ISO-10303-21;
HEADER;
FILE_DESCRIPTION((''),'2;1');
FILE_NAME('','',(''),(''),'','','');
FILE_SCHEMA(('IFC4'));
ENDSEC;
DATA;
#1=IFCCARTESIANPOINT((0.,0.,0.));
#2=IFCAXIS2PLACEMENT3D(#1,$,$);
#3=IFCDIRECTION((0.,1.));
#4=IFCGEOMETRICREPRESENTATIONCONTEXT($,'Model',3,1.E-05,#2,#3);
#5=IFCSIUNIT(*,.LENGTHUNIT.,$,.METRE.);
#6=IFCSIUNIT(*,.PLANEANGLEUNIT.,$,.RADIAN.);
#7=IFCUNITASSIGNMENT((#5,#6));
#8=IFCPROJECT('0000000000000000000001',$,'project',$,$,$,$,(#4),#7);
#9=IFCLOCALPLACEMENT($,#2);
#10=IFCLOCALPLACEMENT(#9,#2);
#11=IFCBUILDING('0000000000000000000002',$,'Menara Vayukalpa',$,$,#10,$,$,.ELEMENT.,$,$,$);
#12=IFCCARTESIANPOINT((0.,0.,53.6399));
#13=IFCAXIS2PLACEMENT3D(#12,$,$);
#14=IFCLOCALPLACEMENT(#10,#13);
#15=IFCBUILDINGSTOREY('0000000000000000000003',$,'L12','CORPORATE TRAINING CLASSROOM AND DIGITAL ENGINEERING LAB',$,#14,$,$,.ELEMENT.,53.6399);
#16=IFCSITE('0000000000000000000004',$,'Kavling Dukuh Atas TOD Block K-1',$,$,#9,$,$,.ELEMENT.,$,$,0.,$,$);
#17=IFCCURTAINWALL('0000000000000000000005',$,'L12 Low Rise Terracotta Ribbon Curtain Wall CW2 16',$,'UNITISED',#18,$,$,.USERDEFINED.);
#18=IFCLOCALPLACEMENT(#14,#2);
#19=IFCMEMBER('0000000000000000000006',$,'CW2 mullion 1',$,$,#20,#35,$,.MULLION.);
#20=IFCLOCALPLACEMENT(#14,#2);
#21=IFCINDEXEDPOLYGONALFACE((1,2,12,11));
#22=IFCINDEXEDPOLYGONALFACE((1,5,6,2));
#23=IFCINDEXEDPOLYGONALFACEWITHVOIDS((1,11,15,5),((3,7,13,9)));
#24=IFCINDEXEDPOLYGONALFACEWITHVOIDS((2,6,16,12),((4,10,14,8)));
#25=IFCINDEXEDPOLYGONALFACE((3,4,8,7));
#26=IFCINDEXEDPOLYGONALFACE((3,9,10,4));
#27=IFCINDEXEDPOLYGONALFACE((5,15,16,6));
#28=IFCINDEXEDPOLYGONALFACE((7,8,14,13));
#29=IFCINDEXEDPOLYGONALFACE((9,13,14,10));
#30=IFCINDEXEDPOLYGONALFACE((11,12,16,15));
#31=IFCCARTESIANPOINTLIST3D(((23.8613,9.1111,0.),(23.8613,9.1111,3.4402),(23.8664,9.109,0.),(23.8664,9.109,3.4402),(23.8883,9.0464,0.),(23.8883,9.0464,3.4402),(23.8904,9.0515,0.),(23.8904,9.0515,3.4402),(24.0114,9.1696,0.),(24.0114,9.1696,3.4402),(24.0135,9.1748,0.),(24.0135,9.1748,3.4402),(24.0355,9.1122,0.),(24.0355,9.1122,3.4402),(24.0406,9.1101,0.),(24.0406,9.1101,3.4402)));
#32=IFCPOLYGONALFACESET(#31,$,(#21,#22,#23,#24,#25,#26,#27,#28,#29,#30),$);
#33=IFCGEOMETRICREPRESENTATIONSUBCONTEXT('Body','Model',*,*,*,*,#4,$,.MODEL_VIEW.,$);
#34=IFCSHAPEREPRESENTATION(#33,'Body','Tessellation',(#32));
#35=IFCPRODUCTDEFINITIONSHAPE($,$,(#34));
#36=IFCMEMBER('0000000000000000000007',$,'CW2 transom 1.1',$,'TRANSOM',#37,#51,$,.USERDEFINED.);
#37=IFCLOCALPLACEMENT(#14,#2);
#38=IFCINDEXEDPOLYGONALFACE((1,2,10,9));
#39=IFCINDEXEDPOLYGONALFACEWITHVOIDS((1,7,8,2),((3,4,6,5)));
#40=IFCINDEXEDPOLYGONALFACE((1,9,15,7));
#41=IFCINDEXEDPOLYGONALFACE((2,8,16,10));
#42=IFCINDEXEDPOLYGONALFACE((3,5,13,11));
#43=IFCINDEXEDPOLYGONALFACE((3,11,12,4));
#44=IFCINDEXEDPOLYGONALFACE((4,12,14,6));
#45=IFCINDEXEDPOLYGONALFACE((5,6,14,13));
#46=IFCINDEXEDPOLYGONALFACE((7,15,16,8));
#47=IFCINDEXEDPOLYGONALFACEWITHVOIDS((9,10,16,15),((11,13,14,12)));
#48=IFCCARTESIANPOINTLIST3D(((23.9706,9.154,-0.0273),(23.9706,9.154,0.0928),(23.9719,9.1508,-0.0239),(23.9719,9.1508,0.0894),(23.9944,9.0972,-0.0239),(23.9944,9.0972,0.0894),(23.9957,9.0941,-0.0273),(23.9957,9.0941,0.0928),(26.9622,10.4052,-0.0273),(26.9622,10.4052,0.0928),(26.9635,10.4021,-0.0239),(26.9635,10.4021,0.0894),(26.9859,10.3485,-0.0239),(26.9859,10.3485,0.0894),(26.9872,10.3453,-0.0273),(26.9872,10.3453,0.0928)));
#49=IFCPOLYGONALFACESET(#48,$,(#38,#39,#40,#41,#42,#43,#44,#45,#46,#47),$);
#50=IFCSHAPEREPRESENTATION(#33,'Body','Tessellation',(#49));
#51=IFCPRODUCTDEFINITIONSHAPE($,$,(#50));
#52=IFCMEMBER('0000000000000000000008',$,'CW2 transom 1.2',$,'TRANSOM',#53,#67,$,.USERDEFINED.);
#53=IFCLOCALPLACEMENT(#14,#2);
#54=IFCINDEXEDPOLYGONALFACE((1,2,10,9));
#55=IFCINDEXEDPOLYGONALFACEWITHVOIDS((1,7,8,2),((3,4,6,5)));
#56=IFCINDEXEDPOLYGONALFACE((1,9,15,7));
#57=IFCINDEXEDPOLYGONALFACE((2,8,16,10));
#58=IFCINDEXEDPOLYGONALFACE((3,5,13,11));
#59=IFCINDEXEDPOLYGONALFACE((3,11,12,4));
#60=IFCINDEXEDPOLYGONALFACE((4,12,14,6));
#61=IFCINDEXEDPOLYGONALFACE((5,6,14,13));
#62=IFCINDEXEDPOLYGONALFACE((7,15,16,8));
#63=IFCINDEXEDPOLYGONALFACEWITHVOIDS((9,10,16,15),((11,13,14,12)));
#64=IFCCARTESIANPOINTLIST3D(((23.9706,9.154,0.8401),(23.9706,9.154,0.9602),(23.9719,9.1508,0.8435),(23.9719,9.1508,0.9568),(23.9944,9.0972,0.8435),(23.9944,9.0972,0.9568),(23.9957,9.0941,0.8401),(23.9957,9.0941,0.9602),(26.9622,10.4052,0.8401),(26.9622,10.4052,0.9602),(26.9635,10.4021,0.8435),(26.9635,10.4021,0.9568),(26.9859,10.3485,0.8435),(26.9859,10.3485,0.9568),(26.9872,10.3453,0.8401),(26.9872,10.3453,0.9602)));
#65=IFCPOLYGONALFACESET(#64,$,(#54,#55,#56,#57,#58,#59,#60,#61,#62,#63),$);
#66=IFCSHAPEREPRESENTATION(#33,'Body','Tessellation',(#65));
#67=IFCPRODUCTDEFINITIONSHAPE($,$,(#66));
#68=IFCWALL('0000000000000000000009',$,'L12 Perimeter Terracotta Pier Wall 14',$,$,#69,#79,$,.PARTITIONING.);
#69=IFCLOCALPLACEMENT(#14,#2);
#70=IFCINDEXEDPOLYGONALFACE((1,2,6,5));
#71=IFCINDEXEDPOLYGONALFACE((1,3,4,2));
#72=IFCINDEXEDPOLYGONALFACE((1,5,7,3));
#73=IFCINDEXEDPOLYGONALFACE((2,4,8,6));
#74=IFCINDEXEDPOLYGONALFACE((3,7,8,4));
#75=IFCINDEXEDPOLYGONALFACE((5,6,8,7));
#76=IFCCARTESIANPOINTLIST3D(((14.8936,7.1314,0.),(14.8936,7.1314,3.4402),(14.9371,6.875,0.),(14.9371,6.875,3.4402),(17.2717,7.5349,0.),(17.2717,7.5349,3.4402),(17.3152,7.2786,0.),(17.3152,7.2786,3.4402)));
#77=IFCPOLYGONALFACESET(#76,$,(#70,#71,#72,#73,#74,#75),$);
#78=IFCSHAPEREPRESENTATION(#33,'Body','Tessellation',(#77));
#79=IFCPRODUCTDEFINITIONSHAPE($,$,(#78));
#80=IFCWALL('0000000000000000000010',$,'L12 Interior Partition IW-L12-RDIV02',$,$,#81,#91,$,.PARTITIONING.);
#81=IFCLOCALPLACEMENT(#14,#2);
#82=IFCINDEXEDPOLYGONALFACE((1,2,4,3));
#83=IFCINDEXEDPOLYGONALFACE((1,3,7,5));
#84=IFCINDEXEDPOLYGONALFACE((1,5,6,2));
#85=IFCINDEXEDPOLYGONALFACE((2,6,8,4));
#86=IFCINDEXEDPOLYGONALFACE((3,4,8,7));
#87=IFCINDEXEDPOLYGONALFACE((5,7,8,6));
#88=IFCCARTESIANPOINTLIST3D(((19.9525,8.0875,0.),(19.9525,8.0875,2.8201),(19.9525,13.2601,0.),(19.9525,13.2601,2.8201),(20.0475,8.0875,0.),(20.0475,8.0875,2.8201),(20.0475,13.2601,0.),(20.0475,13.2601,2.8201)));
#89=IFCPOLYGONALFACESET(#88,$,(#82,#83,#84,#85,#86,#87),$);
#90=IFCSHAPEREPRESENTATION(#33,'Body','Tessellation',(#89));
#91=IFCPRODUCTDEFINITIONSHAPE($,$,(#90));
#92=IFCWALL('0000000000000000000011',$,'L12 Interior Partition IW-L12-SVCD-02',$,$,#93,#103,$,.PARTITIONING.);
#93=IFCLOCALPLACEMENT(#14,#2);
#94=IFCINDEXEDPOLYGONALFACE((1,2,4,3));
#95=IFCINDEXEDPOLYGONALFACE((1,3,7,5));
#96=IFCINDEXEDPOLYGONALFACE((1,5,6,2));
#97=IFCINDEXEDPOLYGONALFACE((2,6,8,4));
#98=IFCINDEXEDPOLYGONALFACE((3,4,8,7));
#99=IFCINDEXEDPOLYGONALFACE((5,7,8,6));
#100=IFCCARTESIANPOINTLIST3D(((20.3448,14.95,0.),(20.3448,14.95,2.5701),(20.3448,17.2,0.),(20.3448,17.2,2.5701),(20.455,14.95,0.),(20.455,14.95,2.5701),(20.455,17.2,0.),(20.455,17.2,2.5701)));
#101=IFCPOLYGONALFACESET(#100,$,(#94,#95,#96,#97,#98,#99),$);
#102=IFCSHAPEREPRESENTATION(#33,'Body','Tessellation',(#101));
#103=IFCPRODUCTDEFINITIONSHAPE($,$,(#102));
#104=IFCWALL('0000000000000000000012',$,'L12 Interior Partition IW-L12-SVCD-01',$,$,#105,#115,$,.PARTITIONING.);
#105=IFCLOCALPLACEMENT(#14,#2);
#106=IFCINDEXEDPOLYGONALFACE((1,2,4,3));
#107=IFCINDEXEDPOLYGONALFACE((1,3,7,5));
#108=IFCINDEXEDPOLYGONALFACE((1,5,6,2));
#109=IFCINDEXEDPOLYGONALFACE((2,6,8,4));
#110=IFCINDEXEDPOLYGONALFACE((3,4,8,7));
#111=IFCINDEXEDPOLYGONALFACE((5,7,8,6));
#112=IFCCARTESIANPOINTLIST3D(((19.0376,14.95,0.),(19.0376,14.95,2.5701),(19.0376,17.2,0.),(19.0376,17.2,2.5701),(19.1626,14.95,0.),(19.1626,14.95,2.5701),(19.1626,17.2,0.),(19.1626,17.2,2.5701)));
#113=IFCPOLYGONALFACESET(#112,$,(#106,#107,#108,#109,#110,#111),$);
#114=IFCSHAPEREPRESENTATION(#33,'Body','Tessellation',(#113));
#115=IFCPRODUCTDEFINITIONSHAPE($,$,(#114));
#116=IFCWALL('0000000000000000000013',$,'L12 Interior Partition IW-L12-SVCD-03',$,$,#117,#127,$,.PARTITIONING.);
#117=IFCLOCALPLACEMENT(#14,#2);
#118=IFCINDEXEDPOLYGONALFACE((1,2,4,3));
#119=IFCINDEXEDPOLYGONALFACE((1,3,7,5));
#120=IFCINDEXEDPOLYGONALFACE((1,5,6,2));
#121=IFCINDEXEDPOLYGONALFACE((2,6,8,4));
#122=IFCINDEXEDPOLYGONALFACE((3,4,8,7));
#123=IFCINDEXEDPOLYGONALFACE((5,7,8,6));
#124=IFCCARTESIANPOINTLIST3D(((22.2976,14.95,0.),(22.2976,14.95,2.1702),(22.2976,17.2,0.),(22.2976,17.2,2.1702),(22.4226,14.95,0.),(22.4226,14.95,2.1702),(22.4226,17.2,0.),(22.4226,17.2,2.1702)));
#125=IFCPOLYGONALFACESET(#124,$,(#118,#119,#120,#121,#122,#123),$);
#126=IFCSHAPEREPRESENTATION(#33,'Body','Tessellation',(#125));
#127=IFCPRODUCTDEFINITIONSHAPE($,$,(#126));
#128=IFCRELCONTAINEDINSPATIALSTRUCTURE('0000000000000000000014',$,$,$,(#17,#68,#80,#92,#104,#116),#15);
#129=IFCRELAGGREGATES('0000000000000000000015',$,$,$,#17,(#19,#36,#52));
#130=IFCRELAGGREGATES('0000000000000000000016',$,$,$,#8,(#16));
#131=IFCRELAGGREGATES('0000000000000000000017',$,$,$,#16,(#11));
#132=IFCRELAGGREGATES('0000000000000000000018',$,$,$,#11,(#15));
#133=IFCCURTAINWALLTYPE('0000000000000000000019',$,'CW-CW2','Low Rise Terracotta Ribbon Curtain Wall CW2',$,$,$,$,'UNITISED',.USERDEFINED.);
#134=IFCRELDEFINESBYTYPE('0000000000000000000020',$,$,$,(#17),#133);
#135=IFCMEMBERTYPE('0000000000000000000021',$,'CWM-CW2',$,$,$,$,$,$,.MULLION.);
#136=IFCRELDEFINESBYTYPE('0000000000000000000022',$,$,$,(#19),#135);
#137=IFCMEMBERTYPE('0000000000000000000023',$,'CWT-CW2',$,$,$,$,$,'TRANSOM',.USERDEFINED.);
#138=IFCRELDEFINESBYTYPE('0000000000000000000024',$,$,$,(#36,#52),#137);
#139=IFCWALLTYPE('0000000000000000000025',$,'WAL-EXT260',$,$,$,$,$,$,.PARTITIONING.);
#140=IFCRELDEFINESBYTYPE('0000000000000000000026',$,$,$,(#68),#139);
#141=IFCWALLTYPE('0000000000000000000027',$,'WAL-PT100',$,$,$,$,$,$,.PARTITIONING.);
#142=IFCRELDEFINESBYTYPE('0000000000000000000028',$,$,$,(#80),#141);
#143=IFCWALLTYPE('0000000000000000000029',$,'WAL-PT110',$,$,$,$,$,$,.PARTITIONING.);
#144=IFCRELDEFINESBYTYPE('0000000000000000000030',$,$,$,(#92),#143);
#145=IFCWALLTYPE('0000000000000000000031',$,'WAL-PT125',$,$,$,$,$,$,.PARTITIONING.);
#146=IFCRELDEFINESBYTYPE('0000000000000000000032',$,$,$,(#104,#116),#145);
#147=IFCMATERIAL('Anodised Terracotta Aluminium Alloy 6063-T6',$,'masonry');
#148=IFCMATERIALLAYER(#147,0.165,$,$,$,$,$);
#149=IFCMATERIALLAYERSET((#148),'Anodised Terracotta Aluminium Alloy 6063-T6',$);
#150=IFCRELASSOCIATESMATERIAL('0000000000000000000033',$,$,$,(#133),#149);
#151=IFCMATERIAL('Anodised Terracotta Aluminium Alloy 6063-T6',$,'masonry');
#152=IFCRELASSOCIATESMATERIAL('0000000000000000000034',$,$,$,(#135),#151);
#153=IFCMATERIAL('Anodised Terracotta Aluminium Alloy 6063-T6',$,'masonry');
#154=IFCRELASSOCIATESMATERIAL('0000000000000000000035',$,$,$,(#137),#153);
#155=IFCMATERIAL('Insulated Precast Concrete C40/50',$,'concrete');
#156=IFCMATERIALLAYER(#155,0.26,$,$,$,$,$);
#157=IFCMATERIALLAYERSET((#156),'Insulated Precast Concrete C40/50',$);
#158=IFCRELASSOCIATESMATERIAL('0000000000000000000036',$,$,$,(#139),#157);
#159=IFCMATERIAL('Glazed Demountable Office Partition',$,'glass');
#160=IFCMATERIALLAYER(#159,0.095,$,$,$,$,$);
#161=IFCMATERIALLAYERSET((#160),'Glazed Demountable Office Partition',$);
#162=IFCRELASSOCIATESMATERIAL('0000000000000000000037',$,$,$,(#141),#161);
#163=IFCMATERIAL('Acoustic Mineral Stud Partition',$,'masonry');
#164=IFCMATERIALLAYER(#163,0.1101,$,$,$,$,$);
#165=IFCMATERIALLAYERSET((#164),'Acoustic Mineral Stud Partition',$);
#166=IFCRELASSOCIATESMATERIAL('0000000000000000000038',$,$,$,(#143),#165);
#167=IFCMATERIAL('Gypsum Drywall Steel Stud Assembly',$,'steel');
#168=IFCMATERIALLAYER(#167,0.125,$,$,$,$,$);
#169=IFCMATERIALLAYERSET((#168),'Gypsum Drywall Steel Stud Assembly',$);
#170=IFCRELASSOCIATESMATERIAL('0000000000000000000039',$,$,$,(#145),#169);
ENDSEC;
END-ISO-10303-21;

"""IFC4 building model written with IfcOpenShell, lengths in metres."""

from ifc_helpers import new_model, si_unit, direction, frame, frame_2d, origin, origin_2d, place, context, subcontext, project, spatial, rectangle, hollow_rectangle, extrude, material, layer, layer_set, material_profile, profile_set, type_object, element, aggregate, save


model = new_model("IFC4")

# Units and contexts
model_context = context("Model", 3, precision=1e-05, world=origin(), true_north=direction((0.0, 1.0)))
body_context = subcontext(model_context, "Body", "Model", "MODEL_VIEW")
ifc_project = project(units=[si_unit("LENGTHUNIT", "METRE"), si_unit("PLANEANGLEUNIT", "RADIAN")], contexts=[model_context])

# Site, building, storey
site_placement = place(None, origin())
site = spatial("IfcSite", under=ifc_project, at=site_placement, Name="Kavling Dukuh Atas TOD Block K-1", CompositionType="ELEMENT", RefElevation=0.0)
building_placement = place(site_placement, origin())
building = spatial("IfcBuilding", under=site, at=building_placement, Name="Menara Vayukalpa", CompositionType="ELEMENT")
storey_placement = place(building_placement, frame((0.0, 0.0, 53.6399)))
storey = spatial("IfcBuildingStorey", under=building, at=storey_placement, Name="L12", Description="CORPORATE TRAINING CLASSROOM AND DIGITAL ENGINEERING LAB", CompositionType="ELEMENT", Elevation=53.6399)

# Curtain wall, members
ifc_material_1 = material(Name="Anodised Terracotta Aluminium Alloy 6063-T6", Category="masonry")
ifc_layer_1 = layer(ifc_material_1, 0.165)
ifc_layer_set_1 = layer_set([ifc_layer_1], Name="Anodised Terracotta Aluminium Alloy 6063-T6")
curtain_wall_type = type_object("IfcCurtainWallType", Name="CW-CW2", Description="Low Rise Terracotta Ribbon Curtain Wall CW2", ElementType="UNITISED", PredefinedType="USERDEFINED", material=ifc_layer_set_1)
curtain_wall_placement = place(storey_placement, origin())
curtain_wall = element("IfcCurtainWall", 1, at=curtain_wall_placement, inside=storey, type_object=curtain_wall_type, Name="L12 Low Rise Terracotta Ribbon Curtain Wall CW2 16", ObjectType="UNITISED", PredefinedType="USERDEFINED")
ifc_material_2 = material(Name="Anodised Terracotta Aluminium Alloy 6063-T6", Category="masonry")
ifc_material_profile_1 = material_profile(ifc_material_2, hollow_rectangle(XDim=0.0701, YDim=0.165, WallThickness=0.0039, at=origin_2d()), Name="ALU 70x165x4")
ifc_profile_set_1 = profile_set([ifc_material_profile_1], Name="Anodised Terracotta Aluminium Alloy 6063-T6")
member_type_1 = type_object("IfcMemberType", Name="CWM-CW2", PredefinedType="MULLION", material=ifc_profile_set_1)
member_1_placement = place(storey_placement, frame((23.9509, 9.1106, 0.0), z_axis=(0.0, 0.0, 1.0), x_axis=(-0.385895, 0.922543, 0.0)))
member_1 = element("IfcMember", 2, at=member_1_placement, type_object=member_type_1, Name="CW2 mullion 1", PredefinedType="MULLION", context=body_context, shape_type="SweptSolid", body=[
    extrude(hollow_rectangle(XDim=0.0701, YDim=0.165, WallThickness=0.0039, at=origin_2d()), origin(), (0.0, 0.0, 1.0), 3.4402),
])
ifc_material_3 = material(Name="Anodised Terracotta Aluminium Alloy 6063-T6", Category="masonry")
ifc_material_profile_2 = material_profile(ifc_material_3, hollow_rectangle(XDim=0.0649, YDim=0.1201, WallThickness=0.0034, at=origin_2d()), Name="ALU 65x120x3.5")
ifc_profile_set_2 = profile_set([ifc_material_profile_2], Name="Anodised Terracotta Aluminium Alloy 6063-T6")
member_type_2 = type_object("IfcMemberType", Name="CWT-CW2", ElementType="TRANSOM", PredefinedType="USERDEFINED", material=ifc_profile_set_2)
member_2_placement = place(storey_placement, frame((23.9832, 9.124, 0.0327), z_axis=(0.922553, 0.385871, 0.0), x_axis=(-0.385871, 0.922553, 0.0)))
member_2 = element("IfcMember", 3, at=member_2_placement, type_object=member_type_2, Name="CW2 transom 1.1", ObjectType="TRANSOM", PredefinedType="USERDEFINED", context=body_context, shape_type="SweptSolid", body=[
    extrude(hollow_rectangle(XDim=0.0649, YDim=0.1201, WallThickness=0.0034, at=origin_2d()), origin(), (0.0, 0.0, 1.0), 3.2427),
])
member_3_placement = place(storey_placement, frame((23.9832, 9.124, 0.9001), z_axis=(0.922553, 0.385871, 0.0), x_axis=(-0.385871, 0.922553, 0.0)))
member_3 = element("IfcMember", 4, at=member_3_placement, type_object=member_type_2, Name="CW2 transom 1.2", ObjectType="TRANSOM", PredefinedType="USERDEFINED", context=body_context, shape_type="SweptSolid", body=[
    extrude(hollow_rectangle(XDim=0.0649, YDim=0.1201, WallThickness=0.0034, at=origin_2d()), origin(), (0.0, 0.0, 1.0), 3.2427),
])
aggregate(curtain_wall, [member_1, member_2, member_3])

# Walls
ifc_material_4 = material(Name="Insulated Precast Concrete C40/50", Category="concrete")
ifc_layer_2 = layer(ifc_material_4, 0.26)
ifc_layer_set_2 = layer_set([ifc_layer_2], Name="Insulated Precast Concrete C40/50")
wall_type_1 = type_object("IfcWallType", Name="WAL-EXT260", PredefinedType="PARTITIONING", material=ifc_layer_set_2)
wall_1_placement = place(storey_placement, frame((17.2935, 7.4067, 0.0), z_axis=(0.0, 0.0, 1.0), x_axis=(-0.985905, -0.167303, 0.0)))
element("IfcWall", 5, at=wall_1_placement, inside=storey, type_object=wall_type_1, Name="L12 Perimeter Terracotta Pier Wall 14", PredefinedType="PARTITIONING", context=body_context, shape_type="SweptSolid", body=[
    extrude(rectangle(XDim=2.4121, YDim=0.26, at=frame_2d((1.2061, 0.0))), origin(), (0.0, 0.0, 1.0), 3.4402),
])
ifc_material_5 = material(Name="Glazed Demountable Office Partition", Category="glass")
ifc_layer_3 = layer(ifc_material_5, 0.095)
ifc_layer_set_3 = layer_set([ifc_layer_3], Name="Glazed Demountable Office Partition")
wall_type_2 = type_object("IfcWallType", Name="WAL-PT100", PredefinedType="PARTITIONING", material=ifc_layer_set_3)
wall_2_placement = place(storey_placement, frame((20.0, 8.0874, 0.0), z_axis=(0.0, 0.0, 1.0), x_axis=(0.0, 1.0, 0.0)))
element("IfcWall", 6, at=wall_2_placement, inside=storey, type_object=wall_type_2, Name="L12 Interior Partition IW-L12-RDIV02", PredefinedType="PARTITIONING", context=body_context, shape_type="SweptSolid", body=[
    extrude(rectangle(XDim=5.1726, YDim=0.095, at=frame_2d((2.5864, 0.0))), origin(), (0.0, 0.0, 1.0), 2.8201),
])
ifc_material_6 = material(Name="Acoustic Mineral Stud Partition", Category="masonry")
ifc_layer_4 = layer(ifc_material_6, 0.1101)
ifc_layer_set_4 = layer_set([ifc_layer_4], Name="Acoustic Mineral Stud Partition")
wall_type_3 = type_object("IfcWallType", Name="WAL-PT110", PredefinedType="PARTITIONING", material=ifc_layer_set_4)
wall_3_placement = place(storey_placement, frame((20.3999, 14.95, 0.0), z_axis=(0.0, 0.0, 1.0), x_axis=(0.0, 1.0, 0.0)))
element("IfcWall", 7, at=wall_3_placement, inside=storey, type_object=wall_type_3, Name="L12 Interior Partition IW-L12-SVCD-02", PredefinedType="PARTITIONING", context=body_context, shape_type="SweptSolid", body=[
    extrude(rectangle(XDim=2.25, YDim=0.1101, at=frame_2d((1.125, 0.0))), origin(), (0.0, 0.0, 1.0), 2.5701),
])
ifc_material_7 = material(Name="Gypsum Drywall Steel Stud Assembly", Category="steel")
ifc_layer_5 = layer(ifc_material_7, 0.125)
ifc_layer_set_5 = layer_set([ifc_layer_5], Name="Gypsum Drywall Steel Stud Assembly")
wall_type_4 = type_object("IfcWallType", Name="WAL-PT125", PredefinedType="PARTITIONING", material=ifc_layer_set_5)
wall_4_placement = place(storey_placement, frame((19.1001, 14.95, 0.0), z_axis=(0.0, 0.0, 1.0), x_axis=(0.0, 1.0, 0.0)))
element("IfcWall", 8, at=wall_4_placement, inside=storey, type_object=wall_type_4, Name="L12 Interior Partition IW-L12-SVCD-01", PredefinedType="PARTITIONING", context=body_context, shape_type="SweptSolid", body=[
    extrude(rectangle(XDim=2.25, YDim=0.125, at=frame_2d((1.125, 0.0))), origin(), (0.0, 0.0, 1.0), 2.5701),
])
wall_5_placement = place(storey_placement, frame((22.3601, 14.95, 0.0), z_axis=(0.0, 0.0, 1.0), x_axis=(0.0, 1.0, 0.0)))
element("IfcWall", 9, at=wall_5_placement, inside=storey, type_object=wall_type_4, Name="L12 Interior Partition IW-L12-SVCD-03", PredefinedType="PARTITIONING", context=body_context, shape_type="SweptSolid", body=[
    extrude(rectangle(XDim=2.25, YDim=0.125, at=frame_2d((1.125, 0.0))), origin(), (0.0, 0.0, 1.0), 2.1702),
])

save(model, "model.ifc")
